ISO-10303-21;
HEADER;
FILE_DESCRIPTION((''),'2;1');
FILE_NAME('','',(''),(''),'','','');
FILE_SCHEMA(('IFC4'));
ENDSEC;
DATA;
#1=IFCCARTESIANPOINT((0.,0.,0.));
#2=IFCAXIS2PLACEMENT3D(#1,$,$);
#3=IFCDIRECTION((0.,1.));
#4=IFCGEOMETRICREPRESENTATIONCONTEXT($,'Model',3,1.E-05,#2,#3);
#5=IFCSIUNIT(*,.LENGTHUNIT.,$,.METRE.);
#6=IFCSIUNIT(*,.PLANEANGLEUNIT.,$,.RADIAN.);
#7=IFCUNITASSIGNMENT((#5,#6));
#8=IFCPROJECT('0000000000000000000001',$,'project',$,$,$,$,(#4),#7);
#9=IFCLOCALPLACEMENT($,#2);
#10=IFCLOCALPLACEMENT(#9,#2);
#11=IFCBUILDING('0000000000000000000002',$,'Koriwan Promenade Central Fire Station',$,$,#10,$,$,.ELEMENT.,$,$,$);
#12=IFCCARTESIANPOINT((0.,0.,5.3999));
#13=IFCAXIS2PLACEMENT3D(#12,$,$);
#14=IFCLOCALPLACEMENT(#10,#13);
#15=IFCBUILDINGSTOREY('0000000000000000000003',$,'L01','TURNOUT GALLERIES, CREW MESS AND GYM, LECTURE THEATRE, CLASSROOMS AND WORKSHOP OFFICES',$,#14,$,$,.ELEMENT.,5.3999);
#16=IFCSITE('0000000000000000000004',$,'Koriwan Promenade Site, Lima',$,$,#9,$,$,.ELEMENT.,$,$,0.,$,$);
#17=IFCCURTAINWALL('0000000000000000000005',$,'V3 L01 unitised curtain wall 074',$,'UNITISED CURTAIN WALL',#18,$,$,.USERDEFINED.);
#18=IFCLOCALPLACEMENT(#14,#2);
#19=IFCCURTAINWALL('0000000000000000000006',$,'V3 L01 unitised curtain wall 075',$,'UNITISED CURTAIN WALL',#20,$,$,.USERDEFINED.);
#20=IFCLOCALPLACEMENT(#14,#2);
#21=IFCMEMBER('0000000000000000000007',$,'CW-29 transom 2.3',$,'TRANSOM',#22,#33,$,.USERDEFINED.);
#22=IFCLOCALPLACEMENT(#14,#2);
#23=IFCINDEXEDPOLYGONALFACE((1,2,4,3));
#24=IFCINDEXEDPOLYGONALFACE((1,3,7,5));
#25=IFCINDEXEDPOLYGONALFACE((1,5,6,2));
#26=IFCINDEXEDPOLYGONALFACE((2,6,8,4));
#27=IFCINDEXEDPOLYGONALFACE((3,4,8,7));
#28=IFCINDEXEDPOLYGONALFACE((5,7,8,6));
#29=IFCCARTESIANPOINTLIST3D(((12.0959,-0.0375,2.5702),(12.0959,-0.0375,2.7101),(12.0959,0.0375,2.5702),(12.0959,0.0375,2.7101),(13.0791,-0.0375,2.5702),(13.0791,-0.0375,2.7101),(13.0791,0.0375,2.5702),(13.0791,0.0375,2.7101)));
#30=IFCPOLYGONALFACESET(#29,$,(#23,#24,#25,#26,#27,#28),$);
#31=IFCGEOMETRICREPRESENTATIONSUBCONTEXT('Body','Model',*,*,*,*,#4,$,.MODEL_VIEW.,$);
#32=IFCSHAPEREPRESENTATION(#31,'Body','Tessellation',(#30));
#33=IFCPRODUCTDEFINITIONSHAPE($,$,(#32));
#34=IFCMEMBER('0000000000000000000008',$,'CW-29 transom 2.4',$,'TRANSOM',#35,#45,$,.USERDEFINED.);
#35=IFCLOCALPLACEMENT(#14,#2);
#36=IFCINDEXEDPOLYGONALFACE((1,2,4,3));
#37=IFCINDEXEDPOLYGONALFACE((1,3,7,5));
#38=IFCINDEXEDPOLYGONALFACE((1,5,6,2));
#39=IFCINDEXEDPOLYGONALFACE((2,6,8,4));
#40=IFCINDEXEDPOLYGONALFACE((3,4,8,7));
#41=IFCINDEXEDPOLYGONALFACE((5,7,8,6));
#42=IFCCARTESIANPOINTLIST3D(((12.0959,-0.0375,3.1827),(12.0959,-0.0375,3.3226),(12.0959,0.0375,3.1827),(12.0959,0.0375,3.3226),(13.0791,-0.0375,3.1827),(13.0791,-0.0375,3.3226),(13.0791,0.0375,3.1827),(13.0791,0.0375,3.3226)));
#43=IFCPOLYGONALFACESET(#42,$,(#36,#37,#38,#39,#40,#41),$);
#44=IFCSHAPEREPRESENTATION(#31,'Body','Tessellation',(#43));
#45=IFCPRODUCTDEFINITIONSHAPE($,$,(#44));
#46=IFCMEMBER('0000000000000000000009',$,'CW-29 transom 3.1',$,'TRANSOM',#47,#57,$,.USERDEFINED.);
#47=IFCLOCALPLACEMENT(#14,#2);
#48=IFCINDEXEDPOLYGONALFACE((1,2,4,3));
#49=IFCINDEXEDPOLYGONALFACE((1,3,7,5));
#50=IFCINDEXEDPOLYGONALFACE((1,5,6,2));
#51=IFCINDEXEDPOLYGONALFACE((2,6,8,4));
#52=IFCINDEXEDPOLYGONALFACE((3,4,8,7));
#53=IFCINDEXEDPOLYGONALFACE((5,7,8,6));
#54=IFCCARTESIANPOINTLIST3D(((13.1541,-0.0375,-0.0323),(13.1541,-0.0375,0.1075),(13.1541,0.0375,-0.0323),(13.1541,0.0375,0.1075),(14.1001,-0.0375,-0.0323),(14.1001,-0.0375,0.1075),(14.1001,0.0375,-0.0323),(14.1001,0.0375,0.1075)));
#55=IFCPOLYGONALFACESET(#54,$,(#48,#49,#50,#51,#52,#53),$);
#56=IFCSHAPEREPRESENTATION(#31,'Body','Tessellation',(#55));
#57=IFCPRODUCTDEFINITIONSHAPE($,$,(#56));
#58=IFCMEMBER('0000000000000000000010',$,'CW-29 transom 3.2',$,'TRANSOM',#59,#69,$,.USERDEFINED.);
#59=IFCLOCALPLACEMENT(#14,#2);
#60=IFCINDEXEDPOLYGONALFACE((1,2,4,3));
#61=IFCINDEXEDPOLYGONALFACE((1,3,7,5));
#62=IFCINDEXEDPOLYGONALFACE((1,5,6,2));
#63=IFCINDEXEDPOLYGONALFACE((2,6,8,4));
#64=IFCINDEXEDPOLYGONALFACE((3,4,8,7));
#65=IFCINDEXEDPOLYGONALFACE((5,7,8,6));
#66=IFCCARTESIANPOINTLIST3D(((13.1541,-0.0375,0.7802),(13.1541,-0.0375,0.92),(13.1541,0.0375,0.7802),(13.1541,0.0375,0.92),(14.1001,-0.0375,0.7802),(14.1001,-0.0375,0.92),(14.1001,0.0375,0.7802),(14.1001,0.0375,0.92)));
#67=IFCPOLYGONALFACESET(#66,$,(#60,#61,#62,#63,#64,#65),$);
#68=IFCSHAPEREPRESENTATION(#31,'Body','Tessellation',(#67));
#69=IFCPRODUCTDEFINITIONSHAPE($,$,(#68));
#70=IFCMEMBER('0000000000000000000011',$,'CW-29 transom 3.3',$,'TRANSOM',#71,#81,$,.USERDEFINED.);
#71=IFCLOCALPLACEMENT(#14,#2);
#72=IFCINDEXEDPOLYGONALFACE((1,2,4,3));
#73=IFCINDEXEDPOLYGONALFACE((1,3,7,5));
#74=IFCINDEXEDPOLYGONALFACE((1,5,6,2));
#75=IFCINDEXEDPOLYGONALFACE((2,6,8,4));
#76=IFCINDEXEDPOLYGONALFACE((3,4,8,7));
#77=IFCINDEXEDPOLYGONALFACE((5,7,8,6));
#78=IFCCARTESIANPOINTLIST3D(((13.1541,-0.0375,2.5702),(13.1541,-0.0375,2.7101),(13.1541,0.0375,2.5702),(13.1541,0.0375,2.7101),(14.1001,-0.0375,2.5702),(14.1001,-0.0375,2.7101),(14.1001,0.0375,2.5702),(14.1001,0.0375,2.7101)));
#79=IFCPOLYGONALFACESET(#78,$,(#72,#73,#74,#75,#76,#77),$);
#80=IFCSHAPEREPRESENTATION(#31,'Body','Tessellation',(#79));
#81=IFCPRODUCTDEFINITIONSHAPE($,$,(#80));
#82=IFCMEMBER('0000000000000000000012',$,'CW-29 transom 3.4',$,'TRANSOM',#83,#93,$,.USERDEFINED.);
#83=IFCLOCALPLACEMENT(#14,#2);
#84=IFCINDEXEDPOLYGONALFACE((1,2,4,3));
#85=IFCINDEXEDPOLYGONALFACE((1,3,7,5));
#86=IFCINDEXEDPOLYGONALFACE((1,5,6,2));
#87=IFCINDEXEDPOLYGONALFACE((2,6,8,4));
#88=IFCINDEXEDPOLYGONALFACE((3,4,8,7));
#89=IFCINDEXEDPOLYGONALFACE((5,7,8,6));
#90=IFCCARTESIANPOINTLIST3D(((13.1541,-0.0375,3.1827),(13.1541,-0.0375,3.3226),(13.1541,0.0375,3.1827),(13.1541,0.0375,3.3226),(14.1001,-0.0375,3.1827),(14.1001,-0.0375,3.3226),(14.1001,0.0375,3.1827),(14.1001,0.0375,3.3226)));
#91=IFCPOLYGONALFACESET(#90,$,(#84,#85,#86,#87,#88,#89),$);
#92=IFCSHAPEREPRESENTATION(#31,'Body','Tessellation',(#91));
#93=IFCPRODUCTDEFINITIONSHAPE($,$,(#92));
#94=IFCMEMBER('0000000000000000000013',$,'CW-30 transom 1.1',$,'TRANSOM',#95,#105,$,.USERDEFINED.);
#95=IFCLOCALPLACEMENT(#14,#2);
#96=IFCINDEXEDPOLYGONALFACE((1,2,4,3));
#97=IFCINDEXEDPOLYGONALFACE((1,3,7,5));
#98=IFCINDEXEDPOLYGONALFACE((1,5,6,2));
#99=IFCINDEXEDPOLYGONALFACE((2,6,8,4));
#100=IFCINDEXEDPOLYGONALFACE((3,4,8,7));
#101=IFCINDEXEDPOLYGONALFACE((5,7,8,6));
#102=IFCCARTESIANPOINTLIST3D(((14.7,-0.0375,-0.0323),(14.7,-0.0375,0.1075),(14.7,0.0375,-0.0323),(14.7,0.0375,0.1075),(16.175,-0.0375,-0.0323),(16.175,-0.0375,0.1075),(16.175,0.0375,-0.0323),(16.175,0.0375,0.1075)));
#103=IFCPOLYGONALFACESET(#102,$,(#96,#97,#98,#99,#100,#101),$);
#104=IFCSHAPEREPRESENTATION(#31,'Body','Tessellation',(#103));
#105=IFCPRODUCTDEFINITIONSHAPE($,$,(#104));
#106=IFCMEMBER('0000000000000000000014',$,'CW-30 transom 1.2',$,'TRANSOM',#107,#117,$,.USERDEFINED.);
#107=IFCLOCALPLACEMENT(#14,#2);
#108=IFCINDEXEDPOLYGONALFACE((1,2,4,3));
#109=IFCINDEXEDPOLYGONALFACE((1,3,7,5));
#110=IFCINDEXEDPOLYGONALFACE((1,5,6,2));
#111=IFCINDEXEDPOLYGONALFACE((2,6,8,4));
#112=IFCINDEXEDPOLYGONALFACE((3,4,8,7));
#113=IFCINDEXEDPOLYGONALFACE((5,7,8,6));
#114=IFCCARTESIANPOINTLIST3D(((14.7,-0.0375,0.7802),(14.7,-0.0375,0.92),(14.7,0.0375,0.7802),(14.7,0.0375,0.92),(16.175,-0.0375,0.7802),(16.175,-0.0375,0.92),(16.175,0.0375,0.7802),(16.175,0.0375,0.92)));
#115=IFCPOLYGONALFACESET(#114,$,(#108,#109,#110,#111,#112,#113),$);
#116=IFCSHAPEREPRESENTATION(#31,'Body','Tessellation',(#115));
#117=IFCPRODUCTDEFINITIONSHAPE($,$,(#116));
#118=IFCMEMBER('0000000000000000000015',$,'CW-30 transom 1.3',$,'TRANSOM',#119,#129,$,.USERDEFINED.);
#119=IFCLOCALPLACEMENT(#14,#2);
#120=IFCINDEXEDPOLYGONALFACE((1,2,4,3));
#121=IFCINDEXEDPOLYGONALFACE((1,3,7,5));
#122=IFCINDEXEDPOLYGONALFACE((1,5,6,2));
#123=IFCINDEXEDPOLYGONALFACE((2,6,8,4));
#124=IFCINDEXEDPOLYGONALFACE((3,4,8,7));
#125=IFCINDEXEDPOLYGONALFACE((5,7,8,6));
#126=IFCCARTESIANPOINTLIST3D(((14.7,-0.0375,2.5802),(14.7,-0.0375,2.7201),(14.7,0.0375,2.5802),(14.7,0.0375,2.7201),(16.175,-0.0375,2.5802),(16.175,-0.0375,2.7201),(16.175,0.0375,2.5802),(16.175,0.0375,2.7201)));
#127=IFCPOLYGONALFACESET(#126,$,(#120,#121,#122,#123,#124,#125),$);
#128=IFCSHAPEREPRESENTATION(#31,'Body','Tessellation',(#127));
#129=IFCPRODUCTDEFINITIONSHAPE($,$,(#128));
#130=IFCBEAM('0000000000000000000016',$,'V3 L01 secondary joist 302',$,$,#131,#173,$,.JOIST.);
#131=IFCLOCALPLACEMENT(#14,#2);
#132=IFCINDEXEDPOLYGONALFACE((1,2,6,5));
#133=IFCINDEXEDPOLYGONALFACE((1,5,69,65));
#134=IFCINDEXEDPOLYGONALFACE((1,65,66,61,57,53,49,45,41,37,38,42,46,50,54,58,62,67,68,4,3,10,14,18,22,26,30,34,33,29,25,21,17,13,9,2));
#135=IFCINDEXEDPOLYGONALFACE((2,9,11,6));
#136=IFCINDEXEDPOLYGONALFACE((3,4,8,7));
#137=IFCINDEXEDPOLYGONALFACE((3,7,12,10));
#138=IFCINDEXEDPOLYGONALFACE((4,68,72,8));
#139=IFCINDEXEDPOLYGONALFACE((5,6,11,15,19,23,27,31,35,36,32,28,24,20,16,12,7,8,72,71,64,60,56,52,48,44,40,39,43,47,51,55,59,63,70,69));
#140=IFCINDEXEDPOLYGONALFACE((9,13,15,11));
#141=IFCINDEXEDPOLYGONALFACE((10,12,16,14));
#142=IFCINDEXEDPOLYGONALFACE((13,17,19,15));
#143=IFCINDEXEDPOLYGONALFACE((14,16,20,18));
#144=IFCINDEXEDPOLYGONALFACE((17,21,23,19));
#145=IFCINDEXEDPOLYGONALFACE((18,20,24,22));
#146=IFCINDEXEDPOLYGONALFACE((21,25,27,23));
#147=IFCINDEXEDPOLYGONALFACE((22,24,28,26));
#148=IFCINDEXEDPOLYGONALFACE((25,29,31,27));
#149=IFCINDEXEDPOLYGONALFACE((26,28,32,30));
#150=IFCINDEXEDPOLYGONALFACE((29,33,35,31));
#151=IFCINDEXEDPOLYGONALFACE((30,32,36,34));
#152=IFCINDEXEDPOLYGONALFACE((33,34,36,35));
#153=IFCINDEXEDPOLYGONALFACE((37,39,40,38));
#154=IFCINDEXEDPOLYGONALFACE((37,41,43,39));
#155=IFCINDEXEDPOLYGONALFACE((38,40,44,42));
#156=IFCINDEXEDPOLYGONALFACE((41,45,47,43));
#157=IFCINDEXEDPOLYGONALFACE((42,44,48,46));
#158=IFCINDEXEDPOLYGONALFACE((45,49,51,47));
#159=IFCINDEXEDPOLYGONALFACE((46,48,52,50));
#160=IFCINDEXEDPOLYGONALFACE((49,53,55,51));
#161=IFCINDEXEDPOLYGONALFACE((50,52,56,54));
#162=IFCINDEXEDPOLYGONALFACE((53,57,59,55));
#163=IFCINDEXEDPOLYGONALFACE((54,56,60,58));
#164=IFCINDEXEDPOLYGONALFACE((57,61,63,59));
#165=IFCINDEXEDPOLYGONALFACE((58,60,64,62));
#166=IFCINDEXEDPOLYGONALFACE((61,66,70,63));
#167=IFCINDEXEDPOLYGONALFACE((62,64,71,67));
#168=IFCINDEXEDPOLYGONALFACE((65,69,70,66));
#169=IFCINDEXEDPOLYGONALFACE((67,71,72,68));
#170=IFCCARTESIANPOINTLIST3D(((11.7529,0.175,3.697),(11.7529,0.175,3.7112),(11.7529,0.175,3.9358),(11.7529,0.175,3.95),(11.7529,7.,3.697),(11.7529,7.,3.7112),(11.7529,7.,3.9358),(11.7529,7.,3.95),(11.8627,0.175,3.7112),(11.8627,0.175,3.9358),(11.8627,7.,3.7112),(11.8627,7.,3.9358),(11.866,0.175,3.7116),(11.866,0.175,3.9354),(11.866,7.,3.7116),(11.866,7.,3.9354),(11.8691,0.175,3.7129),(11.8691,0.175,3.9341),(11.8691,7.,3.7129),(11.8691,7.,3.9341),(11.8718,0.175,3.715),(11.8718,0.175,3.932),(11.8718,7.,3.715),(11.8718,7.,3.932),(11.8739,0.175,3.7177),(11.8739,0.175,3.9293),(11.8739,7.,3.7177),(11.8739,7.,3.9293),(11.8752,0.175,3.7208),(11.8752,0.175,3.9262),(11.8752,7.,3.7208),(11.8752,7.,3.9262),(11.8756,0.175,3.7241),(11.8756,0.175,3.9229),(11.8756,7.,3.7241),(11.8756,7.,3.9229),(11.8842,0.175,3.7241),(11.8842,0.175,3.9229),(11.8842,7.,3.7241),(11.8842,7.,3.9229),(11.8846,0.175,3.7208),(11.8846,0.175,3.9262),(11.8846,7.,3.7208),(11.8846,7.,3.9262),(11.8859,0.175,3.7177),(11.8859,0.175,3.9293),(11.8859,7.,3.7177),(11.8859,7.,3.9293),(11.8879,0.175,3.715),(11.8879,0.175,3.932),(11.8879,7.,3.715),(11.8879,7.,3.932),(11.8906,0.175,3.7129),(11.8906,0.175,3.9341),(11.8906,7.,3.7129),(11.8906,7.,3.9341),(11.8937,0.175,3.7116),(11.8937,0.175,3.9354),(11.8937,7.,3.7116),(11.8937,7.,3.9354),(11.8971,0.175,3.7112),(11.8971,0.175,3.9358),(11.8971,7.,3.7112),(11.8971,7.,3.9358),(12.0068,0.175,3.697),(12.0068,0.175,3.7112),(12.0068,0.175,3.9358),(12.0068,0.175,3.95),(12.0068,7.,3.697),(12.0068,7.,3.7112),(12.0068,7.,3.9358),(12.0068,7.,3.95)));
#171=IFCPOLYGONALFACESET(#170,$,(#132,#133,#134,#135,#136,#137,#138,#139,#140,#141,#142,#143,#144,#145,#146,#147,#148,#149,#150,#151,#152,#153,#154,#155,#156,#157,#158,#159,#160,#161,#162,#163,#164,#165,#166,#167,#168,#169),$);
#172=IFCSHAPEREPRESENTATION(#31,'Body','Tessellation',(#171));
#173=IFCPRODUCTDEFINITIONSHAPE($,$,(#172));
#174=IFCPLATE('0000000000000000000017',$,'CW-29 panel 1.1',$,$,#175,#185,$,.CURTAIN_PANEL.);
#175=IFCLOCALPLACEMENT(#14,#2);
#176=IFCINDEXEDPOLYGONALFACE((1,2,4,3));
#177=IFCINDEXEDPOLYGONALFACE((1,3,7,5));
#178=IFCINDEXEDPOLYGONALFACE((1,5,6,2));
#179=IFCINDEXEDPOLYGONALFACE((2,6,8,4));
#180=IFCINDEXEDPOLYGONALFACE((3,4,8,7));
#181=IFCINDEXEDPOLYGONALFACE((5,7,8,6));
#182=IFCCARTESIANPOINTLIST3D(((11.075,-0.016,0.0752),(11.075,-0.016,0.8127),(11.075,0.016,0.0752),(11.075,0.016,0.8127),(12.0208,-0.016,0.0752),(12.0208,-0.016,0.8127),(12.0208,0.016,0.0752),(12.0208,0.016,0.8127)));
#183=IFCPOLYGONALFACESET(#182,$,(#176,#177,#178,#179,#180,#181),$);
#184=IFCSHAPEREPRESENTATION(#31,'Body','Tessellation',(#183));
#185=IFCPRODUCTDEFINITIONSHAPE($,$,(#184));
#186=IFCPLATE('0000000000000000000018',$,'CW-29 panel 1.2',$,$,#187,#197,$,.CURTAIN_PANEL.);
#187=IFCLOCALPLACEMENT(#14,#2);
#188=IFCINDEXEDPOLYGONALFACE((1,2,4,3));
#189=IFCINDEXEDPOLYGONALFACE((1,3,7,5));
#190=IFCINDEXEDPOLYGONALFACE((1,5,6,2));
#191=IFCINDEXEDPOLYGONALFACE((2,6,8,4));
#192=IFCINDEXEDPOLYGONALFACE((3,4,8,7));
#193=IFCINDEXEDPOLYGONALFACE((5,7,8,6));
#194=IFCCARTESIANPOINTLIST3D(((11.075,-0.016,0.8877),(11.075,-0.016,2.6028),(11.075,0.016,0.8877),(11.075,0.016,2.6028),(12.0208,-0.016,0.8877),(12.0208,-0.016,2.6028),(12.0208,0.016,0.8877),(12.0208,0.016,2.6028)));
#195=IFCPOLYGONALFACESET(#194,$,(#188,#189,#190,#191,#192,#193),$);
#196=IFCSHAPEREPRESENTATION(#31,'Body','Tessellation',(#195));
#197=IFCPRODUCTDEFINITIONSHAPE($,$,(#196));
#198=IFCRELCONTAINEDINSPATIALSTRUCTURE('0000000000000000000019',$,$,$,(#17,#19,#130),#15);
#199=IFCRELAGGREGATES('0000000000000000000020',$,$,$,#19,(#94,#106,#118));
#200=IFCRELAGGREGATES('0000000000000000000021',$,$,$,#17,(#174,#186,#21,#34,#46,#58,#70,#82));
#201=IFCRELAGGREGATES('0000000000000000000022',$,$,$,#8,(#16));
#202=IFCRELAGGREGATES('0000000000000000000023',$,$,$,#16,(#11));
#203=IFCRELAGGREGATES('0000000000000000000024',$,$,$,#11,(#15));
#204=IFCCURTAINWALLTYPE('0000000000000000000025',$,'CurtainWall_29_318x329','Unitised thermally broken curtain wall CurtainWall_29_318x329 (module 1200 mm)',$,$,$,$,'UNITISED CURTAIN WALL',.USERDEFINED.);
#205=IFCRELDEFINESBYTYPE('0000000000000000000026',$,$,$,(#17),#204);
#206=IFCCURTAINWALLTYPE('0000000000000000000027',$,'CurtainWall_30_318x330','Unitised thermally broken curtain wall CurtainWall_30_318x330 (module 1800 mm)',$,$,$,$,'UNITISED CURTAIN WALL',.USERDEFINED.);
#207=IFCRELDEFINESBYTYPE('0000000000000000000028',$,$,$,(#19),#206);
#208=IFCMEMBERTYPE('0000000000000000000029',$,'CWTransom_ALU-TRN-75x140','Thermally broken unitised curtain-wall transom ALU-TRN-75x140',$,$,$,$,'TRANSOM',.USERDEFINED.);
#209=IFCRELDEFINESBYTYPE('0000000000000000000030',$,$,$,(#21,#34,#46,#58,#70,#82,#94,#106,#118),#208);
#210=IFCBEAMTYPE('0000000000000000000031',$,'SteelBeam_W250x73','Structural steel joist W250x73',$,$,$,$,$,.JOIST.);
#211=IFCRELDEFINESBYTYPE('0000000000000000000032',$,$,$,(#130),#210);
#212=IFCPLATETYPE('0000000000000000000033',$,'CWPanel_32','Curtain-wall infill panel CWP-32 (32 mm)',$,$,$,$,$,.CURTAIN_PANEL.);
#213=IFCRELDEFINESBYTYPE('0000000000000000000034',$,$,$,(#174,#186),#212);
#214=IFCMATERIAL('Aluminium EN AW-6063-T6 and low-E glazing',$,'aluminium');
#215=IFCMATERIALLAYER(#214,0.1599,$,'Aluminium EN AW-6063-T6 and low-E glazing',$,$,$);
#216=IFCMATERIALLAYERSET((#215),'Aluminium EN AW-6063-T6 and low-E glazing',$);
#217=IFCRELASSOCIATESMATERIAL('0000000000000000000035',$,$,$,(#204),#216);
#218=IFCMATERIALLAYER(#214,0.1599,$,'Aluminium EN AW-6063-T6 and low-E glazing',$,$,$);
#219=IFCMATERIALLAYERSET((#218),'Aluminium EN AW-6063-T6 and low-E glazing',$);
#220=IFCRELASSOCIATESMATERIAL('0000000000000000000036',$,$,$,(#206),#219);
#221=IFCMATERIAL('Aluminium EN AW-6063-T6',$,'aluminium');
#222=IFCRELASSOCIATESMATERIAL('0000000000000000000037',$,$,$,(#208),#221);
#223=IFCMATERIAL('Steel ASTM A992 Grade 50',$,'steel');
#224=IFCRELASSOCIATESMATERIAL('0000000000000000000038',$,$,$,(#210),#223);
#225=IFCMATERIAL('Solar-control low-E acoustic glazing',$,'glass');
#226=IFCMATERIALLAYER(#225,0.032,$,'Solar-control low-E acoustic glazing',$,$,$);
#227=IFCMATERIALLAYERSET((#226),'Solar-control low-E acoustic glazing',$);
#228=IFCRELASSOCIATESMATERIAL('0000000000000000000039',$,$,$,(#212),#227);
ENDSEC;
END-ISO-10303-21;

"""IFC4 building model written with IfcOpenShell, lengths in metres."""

from ifc_helpers import new_model, si_unit, direction, frame, origin, origin_2d, place, context, subcontext, project, spatial, rectangle, i_section, extrude, material, layer, layer_set, material_profile, profile_set, type_object, element, aggregate, save


model = new_model("IFC4")

# Units and contexts
model_context = context("Model", 3, precision=1e-05, world=origin(), true_north=direction((0.0, 1.0)))
body_context = subcontext(model_context, "Body", "Model", "MODEL_VIEW")
ifc_project = project(units=[si_unit("LENGTHUNIT", "METRE"), si_unit("PLANEANGLEUNIT", "RADIAN")], contexts=[model_context])

# Site, building, storey
site_placement = place(None, origin())
site = spatial("IfcSite", under=ifc_project, at=site_placement, Name="Koriwan Promenade Site, Lima", CompositionType="ELEMENT", RefElevation=0.0)
building_placement = place(site_placement, origin())
building = spatial("IfcBuilding", under=site, at=building_placement, Name="Koriwan Promenade Central Fire Station", CompositionType="ELEMENT")
storey_placement = place(building_placement, frame((0.0, 0.0, 5.3999)))
storey = spatial("IfcBuildingStorey", under=building, at=storey_placement, Name="L01", Description="TURNOUT GALLERIES, CREW MESS AND GYM, LECTURE THEATRE, CLASSROOMS AND WORKSHOP OFFICES", CompositionType="ELEMENT", Elevation=5.3999)

# Shared definitions
ifc_material_1 = material(Name="Aluminium EN AW-6063-T6 and low-E glazing", Category="aluminium")
ifc_material_2 = material(Name="Aluminium EN AW-6063-T6", Category="aluminium")

# Curtain wall
ifc_layer_1 = layer(ifc_material_1, 0.1599, Name="Aluminium EN AW-6063-T6 and low-E glazing")
ifc_layer_set_1 = layer_set([ifc_layer_1], Name="Aluminium EN AW-6063-T6 and low-E glazing")
curtain_wall_type_1 = type_object("IfcCurtainWallType", Name="CurtainWall_29_318x329", Description="Unitised thermally broken curtain wall CurtainWall_29_318x329 (module 1200 mm)", ElementType="UNITISED CURTAIN WALL", PredefinedType="USERDEFINED", material=ifc_layer_set_1)
curtain_wall_1_placement = place(storey_placement, origin())
curtain_wall_1 = element("IfcCurtainWall", 1, at=curtain_wall_1_placement, inside=storey, type_object=curtain_wall_type_1, Name="V3 L01 unitised curtain wall 074", ObjectType="UNITISED CURTAIN WALL", PredefinedType="USERDEFINED")

# Curtain wall
ifc_layer_2 = layer(ifc_material_1, 0.1599, Name="Aluminium EN AW-6063-T6 and low-E glazing")
ifc_layer_set_2 = layer_set([ifc_layer_2], Name="Aluminium EN AW-6063-T6 and low-E glazing")
curtain_wall_type_2 = type_object("IfcCurtainWallType", Name="CurtainWall_30_318x330", Description="Unitised thermally broken curtain wall CurtainWall_30_318x330 (module 1800 mm)", ElementType="UNITISED CURTAIN WALL", PredefinedType="USERDEFINED", material=ifc_layer_set_2)
curtain_wall_2_placement = place(storey_placement, origin())
curtain_wall_2 = element("IfcCurtainWall", 2, at=curtain_wall_2_placement, inside=storey, type_object=curtain_wall_type_2, Name="V3 L01 unitised curtain wall 075", ObjectType="UNITISED CURTAIN WALL", PredefinedType="USERDEFINED")

# Members
ifc_material_profile_1 = material_profile(ifc_material_2, rectangle(XDim=0.075, YDim=0.1399, at=origin_2d()), Name="ALU-TRN-75x140")
ifc_profile_set_1 = profile_set([ifc_material_profile_1], Name="Aluminium EN AW-6063-T6")
member_type_1 = type_object("IfcMemberType", Name="CWTransom_ALU-TRN-75x140", Description="Thermally broken unitised curtain-wall transom ALU-TRN-75x140", ElementType="TRANSOM", PredefinedType="USERDEFINED", material=ifc_profile_set_1)
member_1_placement = place(storey_placement, frame((12.0959, 0.0, 2.6401), z_axis=(1.0, 0.0, 0.0), x_axis=(0.0, 1.0, 0.0)))
member_1 = element("IfcMember", 3, at=member_1_placement, type_object=member_type_1, Name="CW-29 transom 2.3", ObjectType="TRANSOM", PredefinedType="USERDEFINED", context=body_context, shape_type="SweptSolid", body=[
    extrude(rectangle(XDim=0.075, YDim=0.1399, at=origin_2d()), origin(), (0.0, 0.0, 1.0), 0.9832),
])
member_2_placement = place(storey_placement, frame((12.0959, 0.0, 3.2527), z_axis=(1.0, 0.0, 0.0), x_axis=(0.0, 1.0, 0.0)))
member_2 = element("IfcMember", 4, at=member_2_placement, type_object=member_type_1, Name="CW-29 transom 2.4", ObjectType="TRANSOM", PredefinedType="USERDEFINED", context=body_context, shape_type="SweptSolid", body=[
    extrude(rectangle(XDim=0.075, YDim=0.1399, at=origin_2d()), origin(), (0.0, 0.0, 1.0), 0.9832),
])
member_3_placement = place(storey_placement, frame((13.1541, 0.0, 0.0376), z_axis=(1.0, 0.0, 0.0), x_axis=(0.0, 1.0, 0.0)))
member_3 = element("IfcMember", 5, at=member_3_placement, type_object=member_type_1, Name="CW-29 transom 3.1", ObjectType="TRANSOM", PredefinedType="USERDEFINED", context=body_context, shape_type="SweptSolid", body=[
    extrude(rectangle(XDim=0.075, YDim=0.1399, at=origin_2d()), origin(), (0.0, 0.0, 1.0), 0.946),
])
member_4_placement = place(storey_placement, frame((13.1541, 0.0, 0.8501), z_axis=(1.0, 0.0, 0.0), x_axis=(0.0, 1.0, 0.0)))
member_4 = element("IfcMember", 6, at=member_4_placement, type_object=member_type_1, Name="CW-29 transom 3.2", ObjectType="TRANSOM", PredefinedType="USERDEFINED", context=body_context, shape_type="SweptSolid", body=[
    extrude(rectangle(XDim=0.075, YDim=0.1399, at=origin_2d()), origin(), (0.0, 0.0, 1.0), 0.946),
])
member_5_placement = place(storey_placement, frame((13.1541, 0.0, 2.6401), z_axis=(1.0, 0.0, 0.0), x_axis=(0.0, 1.0, 0.0)))
member_5 = element("IfcMember", 7, at=member_5_placement, type_object=member_type_1, Name="CW-29 transom 3.3", ObjectType="TRANSOM", PredefinedType="USERDEFINED", context=body_context, shape_type="SweptSolid", body=[
    extrude(rectangle(XDim=0.075, YDim=0.1399, at=origin_2d()), origin(), (0.0, 0.0, 1.0), 0.946),
])
member_6_placement = place(storey_placement, frame((13.1541, 0.0, 3.2527), z_axis=(1.0, 0.0, 0.0), x_axis=(0.0, 1.0, 0.0)))
member_6 = element("IfcMember", 8, at=member_6_placement, type_object=member_type_1, Name="CW-29 transom 3.4", ObjectType="TRANSOM", PredefinedType="USERDEFINED", context=body_context, shape_type="SweptSolid", body=[
    extrude(rectangle(XDim=0.075, YDim=0.1399, at=origin_2d()), origin(), (0.0, 0.0, 1.0), 0.946),
])
member_7_placement = place(storey_placement, frame((14.7, 0.0, 0.0376), z_axis=(1.0, 0.0, 0.0), x_axis=(0.0, 1.0, 0.0)))
member_7 = element("IfcMember", 9, at=member_7_placement, type_object=member_type_1, Name="CW-30 transom 1.1", ObjectType="TRANSOM", PredefinedType="USERDEFINED", context=body_context, shape_type="SweptSolid", body=[
    extrude(rectangle(XDim=0.075, YDim=0.1399, at=origin_2d()), origin(), (0.0, 0.0, 1.0), 1.4751),
])
member_8_placement = place(storey_placement, frame((14.7, 0.0, 0.8501), z_axis=(1.0, 0.0, 0.0), x_axis=(0.0, 1.0, 0.0)))
member_8 = element("IfcMember", 10, at=member_8_placement, type_object=member_type_1, Name="CW-30 transom 1.2", ObjectType="TRANSOM", PredefinedType="USERDEFINED", context=body_context, shape_type="SweptSolid", body=[
    extrude(rectangle(XDim=0.075, YDim=0.1399, at=origin_2d()), origin(), (0.0, 0.0, 1.0), 1.4751),
])
member_9_placement = place(storey_placement, frame((14.7, 0.0, 2.6501), z_axis=(1.0, 0.0, 0.0), x_axis=(0.0, 1.0, 0.0)))
member_9 = element("IfcMember", 11, at=member_9_placement, type_object=member_type_1, Name="CW-30 transom 1.3", ObjectType="TRANSOM", PredefinedType="USERDEFINED", context=body_context, shape_type="SweptSolid", body=[
    extrude(rectangle(XDim=0.075, YDim=0.1399, at=origin_2d()), origin(), (0.0, 0.0, 1.0), 1.4751),
])
aggregate(curtain_wall_2, [member_7, member_8, member_9])

# Beam
ifc_material_3 = material(Name="Steel ASTM A992 Grade 50", Category="steel")
ifc_material_profile_2 = material_profile(ifc_material_3, i_section(OverallWidth=0.2539, OverallDepth=0.2529, WebThickness=0.0085, FlangeThickness=0.0142, FilletRadius=0.0129, at=origin_2d()), Name="W250x73")
ifc_profile_set_2 = profile_set([ifc_material_profile_2], Name="Steel ASTM A992 Grade 50")
beam_type_1 = type_object("IfcBeamType", Name="SteelBeam_W250x73", Description="Structural steel joist W250x73", PredefinedType="JOIST", material=ifc_profile_set_2)
beam_1_placement = place(storey_placement, frame((11.8799, 0.175, 3.8235), z_axis=(0.0, 1.0, 0.0), x_axis=(-1.0, 0.0, 0.0)))
element("IfcBeam", 12, at=beam_1_placement, inside=storey, type_object=beam_type_1, Name="V3 L01 secondary joist 302", PredefinedType="JOIST", context=body_context, shape_type="SweptSolid", body=[
    extrude(i_section(OverallWidth=0.2539, OverallDepth=0.2529, WebThickness=0.0085, FlangeThickness=0.0142, FilletRadius=0.0129, at=origin_2d()), origin(), (0.0, 0.0, 1.0), 6.825),
])

# Plates
ifc_material_4 = material(Name="Solar-control low-E acoustic glazing", Category="glass")
ifc_layer_3 = layer(ifc_material_4, 0.032, Name="Solar-control low-E acoustic glazing")
ifc_layer_set_3 = layer_set([ifc_layer_3], Name="Solar-control low-E acoustic glazing")
plate_type = type_object("IfcPlateType", Name="CWPanel_32", Description="Curtain-wall infill panel CWP-32 (32 mm)", PredefinedType="CURTAIN_PANEL", material=ifc_layer_set_3)
plate_1_placement = place(storey_placement, frame((11.5479, 0.0, 0.0752), z_axis=(0.0, 0.0, 1.0), x_axis=(1.0, 0.0, 0.0)))
plate_1 = element("IfcPlate", 13, at=plate_1_placement, type_object=plate_type, Name="CW-29 panel 1.1", PredefinedType="CURTAIN_PANEL", context=body_context, shape_type="SweptSolid", body=[
    extrude(rectangle(XDim=0.9458, YDim=0.032, at=origin_2d()), origin(), (0.0, 0.0, 1.0), 0.7375),
])
plate_2_placement = place(storey_placement, frame((11.5479, 0.0, 0.8877), z_axis=(0.0, 0.0, 1.0), x_axis=(1.0, 0.0, 0.0)))
plate_2 = element("IfcPlate", 14, at=plate_2_placement, type_object=plate_type, Name="CW-29 panel 1.2", PredefinedType="CURTAIN_PANEL", context=body_context, shape_type="SweptSolid", body=[
    extrude(rectangle(XDim=0.9458, YDim=0.032, at=origin_2d()), origin(), (0.0, 0.0, 1.0), 1.7151),
])
aggregate(curtain_wall_1, [plate_1, plate_2, member_1, member_2, member_3, member_4, member_5, member_6])

save(model, "model.ifc")
